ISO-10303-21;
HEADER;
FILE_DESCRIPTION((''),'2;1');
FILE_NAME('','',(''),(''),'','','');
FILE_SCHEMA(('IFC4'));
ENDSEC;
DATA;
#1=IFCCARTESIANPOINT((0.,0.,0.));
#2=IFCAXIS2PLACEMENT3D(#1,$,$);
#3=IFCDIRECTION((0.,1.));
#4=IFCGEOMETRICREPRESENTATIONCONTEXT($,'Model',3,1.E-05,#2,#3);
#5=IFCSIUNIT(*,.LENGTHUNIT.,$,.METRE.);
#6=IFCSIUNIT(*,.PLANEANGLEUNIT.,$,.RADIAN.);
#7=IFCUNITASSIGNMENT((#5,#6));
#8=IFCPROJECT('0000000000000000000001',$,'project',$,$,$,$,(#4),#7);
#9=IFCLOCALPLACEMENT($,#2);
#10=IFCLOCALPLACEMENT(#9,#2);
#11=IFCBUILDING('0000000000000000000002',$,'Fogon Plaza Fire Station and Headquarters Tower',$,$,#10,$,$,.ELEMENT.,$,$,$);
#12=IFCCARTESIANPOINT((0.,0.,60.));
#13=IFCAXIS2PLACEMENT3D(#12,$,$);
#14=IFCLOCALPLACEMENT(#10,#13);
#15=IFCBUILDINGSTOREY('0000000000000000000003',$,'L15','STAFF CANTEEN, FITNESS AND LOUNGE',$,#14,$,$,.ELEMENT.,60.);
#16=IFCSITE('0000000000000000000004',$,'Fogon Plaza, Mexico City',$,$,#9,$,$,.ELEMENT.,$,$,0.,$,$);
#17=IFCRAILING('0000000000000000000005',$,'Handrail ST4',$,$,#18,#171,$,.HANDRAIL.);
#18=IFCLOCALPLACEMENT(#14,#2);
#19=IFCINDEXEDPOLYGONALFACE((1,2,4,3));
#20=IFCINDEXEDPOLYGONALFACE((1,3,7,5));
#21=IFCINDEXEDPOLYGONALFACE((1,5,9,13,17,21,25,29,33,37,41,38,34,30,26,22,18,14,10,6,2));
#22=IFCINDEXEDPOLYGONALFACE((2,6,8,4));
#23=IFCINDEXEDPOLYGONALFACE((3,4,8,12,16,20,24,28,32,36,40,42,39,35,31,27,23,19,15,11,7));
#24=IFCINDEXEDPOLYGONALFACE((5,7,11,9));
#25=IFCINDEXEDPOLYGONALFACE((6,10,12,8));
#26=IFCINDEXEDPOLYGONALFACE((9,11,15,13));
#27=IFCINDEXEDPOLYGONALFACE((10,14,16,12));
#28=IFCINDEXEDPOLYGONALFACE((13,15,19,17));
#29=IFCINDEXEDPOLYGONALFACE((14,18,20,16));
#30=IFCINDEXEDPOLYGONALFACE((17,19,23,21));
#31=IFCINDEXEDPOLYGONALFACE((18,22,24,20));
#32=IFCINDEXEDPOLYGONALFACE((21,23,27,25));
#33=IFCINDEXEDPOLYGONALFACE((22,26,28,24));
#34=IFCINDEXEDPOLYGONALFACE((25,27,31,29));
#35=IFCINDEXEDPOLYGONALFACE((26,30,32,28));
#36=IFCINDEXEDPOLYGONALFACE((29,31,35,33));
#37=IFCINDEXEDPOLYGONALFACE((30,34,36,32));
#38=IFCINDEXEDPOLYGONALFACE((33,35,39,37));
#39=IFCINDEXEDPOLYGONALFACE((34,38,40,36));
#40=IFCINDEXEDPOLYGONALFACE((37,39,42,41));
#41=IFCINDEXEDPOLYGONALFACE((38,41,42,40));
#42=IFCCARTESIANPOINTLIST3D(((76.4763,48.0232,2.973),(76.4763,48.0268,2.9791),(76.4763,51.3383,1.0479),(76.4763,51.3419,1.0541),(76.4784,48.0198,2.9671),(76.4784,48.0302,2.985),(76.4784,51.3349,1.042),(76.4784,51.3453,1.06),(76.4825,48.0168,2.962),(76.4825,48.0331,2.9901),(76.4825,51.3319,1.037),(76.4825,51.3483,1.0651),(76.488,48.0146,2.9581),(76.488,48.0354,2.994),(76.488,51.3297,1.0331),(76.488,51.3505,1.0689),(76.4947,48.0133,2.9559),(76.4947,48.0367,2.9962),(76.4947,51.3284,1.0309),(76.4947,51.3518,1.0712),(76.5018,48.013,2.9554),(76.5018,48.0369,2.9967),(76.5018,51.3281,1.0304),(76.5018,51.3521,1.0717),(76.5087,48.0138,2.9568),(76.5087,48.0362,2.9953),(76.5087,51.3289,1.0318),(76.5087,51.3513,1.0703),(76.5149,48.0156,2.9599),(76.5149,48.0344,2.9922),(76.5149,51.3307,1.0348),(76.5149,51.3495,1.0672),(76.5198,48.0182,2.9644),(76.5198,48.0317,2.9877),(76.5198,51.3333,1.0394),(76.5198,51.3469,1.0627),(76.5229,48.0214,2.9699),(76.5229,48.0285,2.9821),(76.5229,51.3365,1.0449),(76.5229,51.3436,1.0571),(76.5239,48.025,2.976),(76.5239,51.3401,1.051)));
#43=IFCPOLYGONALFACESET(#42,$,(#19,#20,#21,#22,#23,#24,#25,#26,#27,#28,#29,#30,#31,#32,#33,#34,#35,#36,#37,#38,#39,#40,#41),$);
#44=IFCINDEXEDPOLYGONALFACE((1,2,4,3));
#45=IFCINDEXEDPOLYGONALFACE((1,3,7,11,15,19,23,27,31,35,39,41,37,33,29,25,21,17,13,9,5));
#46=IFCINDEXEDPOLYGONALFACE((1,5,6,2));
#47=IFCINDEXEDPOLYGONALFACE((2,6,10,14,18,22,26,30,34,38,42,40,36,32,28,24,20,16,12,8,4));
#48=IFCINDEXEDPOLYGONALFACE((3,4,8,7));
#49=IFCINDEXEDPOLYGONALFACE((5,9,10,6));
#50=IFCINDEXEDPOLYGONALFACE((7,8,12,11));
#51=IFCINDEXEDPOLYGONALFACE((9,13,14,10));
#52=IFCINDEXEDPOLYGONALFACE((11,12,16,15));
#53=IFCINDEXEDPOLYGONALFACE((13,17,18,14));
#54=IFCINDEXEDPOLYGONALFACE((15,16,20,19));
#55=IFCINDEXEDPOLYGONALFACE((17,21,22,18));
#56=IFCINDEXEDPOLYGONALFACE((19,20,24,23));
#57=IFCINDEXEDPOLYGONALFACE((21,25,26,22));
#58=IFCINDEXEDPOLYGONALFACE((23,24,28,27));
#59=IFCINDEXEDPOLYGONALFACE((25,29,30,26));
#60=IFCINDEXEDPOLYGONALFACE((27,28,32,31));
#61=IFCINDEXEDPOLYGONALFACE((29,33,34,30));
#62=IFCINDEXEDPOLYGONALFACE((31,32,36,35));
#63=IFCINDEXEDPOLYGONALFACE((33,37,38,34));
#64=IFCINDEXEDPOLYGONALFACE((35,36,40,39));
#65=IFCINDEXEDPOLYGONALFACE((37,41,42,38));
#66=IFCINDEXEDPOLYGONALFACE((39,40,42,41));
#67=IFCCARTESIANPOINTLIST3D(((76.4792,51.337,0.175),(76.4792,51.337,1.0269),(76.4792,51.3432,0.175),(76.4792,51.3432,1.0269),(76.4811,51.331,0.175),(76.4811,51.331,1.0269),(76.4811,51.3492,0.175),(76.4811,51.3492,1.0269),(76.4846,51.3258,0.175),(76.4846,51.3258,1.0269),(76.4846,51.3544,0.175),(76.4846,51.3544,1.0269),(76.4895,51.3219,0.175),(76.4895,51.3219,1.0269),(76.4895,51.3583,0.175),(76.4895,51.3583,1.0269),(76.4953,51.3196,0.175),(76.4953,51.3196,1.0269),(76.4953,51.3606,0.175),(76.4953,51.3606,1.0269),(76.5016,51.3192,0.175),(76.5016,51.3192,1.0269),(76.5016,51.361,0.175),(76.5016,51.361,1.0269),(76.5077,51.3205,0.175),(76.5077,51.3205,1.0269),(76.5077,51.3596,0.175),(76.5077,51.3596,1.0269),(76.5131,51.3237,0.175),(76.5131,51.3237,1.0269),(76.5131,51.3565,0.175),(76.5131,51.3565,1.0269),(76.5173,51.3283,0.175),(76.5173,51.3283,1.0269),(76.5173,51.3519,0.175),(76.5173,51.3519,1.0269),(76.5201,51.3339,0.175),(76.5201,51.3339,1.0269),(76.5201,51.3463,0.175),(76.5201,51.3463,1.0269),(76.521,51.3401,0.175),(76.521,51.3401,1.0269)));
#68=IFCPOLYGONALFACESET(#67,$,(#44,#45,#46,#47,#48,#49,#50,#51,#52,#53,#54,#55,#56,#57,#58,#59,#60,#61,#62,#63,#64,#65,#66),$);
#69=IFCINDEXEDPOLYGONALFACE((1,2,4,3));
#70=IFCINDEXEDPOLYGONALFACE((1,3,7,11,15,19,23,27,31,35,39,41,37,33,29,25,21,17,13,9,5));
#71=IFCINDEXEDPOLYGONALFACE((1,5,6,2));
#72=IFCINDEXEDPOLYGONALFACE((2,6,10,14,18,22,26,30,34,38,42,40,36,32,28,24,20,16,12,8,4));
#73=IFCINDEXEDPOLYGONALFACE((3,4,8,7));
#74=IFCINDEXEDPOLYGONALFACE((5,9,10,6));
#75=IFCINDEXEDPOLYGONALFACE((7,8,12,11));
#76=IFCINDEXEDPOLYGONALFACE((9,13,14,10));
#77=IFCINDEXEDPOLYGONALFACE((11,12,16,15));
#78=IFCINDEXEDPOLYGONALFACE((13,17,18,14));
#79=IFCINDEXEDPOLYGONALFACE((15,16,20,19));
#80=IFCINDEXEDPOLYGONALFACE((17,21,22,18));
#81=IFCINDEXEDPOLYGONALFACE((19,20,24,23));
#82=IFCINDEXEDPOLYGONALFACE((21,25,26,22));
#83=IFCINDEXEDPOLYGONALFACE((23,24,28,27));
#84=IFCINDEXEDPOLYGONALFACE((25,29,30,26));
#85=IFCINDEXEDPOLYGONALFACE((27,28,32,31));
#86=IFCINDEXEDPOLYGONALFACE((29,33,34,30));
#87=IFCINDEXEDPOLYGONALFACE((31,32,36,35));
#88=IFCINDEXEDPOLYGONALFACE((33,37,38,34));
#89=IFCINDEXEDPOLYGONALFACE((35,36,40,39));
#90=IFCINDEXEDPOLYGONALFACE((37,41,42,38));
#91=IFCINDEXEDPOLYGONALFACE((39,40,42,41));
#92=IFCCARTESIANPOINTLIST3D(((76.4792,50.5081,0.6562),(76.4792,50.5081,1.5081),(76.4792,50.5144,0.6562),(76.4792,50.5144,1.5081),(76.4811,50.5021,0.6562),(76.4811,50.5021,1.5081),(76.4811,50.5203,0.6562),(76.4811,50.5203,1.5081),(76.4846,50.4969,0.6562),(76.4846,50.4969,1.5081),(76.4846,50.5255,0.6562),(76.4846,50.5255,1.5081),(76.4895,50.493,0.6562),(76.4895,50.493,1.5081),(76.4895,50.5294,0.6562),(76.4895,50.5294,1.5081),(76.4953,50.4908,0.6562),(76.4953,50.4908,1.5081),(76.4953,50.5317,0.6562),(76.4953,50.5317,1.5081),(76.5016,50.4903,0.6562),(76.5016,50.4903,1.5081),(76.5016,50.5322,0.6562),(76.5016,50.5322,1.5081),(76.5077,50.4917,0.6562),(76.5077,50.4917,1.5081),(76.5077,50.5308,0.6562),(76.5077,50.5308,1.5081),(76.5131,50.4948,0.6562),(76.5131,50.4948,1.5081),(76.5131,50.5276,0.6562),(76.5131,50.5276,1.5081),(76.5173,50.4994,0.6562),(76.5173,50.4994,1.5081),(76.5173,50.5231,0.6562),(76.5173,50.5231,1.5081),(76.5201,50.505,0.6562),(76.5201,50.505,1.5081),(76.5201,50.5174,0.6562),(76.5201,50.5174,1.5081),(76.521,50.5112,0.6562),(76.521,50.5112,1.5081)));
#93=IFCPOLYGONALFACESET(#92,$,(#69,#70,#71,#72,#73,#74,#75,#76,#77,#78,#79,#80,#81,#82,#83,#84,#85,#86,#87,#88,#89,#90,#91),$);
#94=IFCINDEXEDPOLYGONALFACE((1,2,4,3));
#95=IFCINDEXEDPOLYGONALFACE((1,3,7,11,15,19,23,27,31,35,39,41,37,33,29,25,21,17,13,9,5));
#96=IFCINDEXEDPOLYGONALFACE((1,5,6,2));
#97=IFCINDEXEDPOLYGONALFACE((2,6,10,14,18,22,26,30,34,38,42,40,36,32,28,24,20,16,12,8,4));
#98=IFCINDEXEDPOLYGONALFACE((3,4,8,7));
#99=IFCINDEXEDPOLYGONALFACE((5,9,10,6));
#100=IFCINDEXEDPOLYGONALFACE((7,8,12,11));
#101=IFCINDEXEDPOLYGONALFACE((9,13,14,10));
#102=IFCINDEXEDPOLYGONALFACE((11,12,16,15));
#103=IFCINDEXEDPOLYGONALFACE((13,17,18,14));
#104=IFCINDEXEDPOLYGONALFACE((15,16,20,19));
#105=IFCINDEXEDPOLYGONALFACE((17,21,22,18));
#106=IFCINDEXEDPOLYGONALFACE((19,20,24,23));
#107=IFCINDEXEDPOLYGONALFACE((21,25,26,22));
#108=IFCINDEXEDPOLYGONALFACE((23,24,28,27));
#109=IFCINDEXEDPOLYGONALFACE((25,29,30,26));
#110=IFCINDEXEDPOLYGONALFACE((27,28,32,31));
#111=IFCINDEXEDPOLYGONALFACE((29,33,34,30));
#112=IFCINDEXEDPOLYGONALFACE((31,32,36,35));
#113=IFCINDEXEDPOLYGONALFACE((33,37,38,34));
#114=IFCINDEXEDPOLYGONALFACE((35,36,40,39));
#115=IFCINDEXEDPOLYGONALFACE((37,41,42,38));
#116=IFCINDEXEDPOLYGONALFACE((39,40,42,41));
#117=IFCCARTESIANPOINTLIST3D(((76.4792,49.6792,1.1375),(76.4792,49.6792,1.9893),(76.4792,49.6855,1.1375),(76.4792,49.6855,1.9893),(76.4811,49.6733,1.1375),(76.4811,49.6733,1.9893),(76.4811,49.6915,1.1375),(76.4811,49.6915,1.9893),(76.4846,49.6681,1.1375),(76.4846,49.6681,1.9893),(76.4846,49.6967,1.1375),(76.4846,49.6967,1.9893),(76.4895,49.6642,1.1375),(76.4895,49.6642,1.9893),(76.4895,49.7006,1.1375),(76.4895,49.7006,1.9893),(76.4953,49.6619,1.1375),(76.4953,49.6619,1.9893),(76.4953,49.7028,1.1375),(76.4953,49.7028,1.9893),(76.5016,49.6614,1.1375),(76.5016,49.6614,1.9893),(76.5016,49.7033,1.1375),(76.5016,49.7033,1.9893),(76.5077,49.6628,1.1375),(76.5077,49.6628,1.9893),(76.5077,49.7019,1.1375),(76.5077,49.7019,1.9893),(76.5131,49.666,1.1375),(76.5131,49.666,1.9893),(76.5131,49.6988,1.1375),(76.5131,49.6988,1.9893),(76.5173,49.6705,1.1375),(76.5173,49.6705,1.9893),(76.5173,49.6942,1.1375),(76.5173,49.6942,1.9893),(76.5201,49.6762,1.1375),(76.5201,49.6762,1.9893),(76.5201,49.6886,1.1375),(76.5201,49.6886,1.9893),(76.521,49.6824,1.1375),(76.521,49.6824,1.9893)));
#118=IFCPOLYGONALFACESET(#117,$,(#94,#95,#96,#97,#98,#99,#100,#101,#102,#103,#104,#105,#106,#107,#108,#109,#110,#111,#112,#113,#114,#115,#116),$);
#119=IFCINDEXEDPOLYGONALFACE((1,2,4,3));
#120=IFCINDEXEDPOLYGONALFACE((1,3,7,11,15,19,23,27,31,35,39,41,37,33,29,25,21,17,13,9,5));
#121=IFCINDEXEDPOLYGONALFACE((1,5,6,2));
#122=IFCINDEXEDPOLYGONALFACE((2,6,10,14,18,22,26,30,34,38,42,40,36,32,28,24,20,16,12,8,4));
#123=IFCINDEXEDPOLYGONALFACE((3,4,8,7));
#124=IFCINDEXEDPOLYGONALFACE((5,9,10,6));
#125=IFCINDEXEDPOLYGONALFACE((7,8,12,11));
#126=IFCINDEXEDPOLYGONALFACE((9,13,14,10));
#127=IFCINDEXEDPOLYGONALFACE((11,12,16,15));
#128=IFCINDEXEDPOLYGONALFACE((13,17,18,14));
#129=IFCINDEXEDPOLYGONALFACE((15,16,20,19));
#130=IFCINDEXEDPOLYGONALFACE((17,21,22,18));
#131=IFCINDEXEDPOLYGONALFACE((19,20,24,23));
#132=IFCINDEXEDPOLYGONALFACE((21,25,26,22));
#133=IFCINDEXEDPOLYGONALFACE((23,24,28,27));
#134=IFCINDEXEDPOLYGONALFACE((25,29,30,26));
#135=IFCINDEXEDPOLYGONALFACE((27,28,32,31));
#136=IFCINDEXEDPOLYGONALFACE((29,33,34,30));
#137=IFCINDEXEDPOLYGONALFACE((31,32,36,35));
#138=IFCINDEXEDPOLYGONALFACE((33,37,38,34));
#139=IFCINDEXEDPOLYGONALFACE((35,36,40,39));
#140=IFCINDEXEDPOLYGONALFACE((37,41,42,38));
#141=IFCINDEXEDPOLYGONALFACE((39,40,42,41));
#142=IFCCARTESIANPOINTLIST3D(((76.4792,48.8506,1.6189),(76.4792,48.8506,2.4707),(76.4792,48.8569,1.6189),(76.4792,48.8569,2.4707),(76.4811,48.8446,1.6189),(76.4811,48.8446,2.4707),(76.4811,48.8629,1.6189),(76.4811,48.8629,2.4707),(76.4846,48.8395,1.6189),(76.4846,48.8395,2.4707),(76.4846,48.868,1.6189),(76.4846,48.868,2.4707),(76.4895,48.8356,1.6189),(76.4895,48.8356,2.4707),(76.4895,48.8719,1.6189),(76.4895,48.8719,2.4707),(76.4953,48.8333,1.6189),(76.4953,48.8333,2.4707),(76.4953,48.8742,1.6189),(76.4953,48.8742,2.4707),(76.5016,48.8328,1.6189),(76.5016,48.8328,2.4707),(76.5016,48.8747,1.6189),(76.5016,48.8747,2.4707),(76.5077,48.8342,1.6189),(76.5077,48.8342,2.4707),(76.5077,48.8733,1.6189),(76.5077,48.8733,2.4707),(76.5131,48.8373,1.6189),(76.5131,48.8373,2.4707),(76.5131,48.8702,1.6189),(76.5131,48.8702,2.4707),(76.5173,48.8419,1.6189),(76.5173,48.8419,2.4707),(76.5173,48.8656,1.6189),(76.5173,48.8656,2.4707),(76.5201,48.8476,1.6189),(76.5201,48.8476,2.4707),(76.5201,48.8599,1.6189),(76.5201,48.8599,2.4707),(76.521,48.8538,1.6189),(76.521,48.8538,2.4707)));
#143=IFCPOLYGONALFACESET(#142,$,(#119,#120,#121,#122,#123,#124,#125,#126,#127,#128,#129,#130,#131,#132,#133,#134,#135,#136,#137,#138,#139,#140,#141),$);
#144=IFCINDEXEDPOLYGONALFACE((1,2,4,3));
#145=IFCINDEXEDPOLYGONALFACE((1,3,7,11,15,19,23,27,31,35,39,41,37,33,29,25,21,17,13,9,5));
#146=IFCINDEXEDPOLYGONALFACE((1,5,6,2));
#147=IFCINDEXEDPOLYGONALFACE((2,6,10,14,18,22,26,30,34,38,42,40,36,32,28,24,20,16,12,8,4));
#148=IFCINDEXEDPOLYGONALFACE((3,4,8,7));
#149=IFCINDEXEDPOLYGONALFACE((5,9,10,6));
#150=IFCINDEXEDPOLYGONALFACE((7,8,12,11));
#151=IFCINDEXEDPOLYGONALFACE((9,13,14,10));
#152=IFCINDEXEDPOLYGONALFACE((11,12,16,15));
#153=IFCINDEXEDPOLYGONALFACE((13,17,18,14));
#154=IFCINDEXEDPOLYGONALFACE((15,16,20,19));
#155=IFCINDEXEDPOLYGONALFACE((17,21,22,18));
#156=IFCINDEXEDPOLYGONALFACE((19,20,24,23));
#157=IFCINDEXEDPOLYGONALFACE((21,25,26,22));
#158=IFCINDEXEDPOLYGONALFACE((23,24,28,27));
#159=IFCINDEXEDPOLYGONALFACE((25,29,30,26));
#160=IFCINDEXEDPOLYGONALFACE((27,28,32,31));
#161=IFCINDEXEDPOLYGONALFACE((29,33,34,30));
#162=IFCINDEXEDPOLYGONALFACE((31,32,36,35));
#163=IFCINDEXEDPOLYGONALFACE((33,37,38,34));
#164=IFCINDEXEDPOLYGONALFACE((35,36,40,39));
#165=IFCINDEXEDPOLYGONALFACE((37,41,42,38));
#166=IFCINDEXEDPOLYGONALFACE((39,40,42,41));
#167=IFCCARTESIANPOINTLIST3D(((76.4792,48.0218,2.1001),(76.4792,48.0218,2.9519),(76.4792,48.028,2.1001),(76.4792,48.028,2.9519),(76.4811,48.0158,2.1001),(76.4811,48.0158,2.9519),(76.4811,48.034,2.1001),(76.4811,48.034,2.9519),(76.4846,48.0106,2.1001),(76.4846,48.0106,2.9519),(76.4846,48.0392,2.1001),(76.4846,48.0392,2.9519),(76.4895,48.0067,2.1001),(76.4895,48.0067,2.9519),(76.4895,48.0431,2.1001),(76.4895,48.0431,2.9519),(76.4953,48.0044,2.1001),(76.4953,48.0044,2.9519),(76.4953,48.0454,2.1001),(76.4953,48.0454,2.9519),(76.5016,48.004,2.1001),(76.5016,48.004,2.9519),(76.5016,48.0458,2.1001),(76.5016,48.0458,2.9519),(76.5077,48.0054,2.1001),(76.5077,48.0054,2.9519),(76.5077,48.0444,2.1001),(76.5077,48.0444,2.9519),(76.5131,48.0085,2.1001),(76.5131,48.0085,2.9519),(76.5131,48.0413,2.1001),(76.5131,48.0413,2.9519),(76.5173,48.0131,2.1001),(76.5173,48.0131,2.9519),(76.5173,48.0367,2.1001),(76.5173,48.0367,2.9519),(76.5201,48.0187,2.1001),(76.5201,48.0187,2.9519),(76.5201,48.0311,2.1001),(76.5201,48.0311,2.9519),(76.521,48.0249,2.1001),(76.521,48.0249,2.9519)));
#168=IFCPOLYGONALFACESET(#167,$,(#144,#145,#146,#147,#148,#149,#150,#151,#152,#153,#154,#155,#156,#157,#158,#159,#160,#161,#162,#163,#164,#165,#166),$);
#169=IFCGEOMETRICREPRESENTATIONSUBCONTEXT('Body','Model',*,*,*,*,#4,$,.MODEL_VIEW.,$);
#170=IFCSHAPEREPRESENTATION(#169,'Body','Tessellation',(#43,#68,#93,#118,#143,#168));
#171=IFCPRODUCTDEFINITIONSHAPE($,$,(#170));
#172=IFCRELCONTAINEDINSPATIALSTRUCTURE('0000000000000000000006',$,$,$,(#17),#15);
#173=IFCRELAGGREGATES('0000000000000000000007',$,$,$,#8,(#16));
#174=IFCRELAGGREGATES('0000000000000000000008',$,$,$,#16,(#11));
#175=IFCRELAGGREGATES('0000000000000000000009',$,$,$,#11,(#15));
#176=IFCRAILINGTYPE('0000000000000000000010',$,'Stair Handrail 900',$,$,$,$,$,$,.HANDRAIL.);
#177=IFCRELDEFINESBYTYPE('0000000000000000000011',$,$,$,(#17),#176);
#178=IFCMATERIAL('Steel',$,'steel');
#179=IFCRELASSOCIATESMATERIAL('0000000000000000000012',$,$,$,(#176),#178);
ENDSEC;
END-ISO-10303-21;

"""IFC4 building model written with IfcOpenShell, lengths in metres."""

from ifc_helpers import new_model, si_unit, direction, frame, origin, origin_2d, place, context, subcontext, project, spatial, circle, extrude, material, type_object, element, save


model = new_model("IFC4")

# Units and contexts
model_context = context("Model", 3, precision=1e-05, world=origin(), true_north=direction((0.0, 1.0)))
body_context = subcontext(model_context, "Body", "Model", "MODEL_VIEW")
ifc_project = project(units=[si_unit("LENGTHUNIT", "METRE"), si_unit("PLANEANGLEUNIT", "RADIAN")], contexts=[model_context])

# Site, building, storey
site_placement = place(None, origin())
site = spatial("IfcSite", under=ifc_project, at=site_placement, Name="Fogon Plaza, Mexico City", CompositionType="ELEMENT", RefElevation=0.0)
building_placement = place(site_placement, origin())
building = spatial("IfcBuilding", under=site, at=building_placement, Name="Fogon Plaza Fire Station and Headquarters Tower", CompositionType="ELEMENT")
storey_placement = place(building_placement, frame((0.0, 0.0, 60.0)))
storey = spatial("IfcBuildingStorey", under=building, at=storey_placement, Name="L15", Description="STAFF CANTEEN, FITNESS AND LOUNGE", CompositionType="ELEMENT", Elevation=60.0)

# Railing
ifc_material_1 = material(Name="Steel", Category="steel")
railing_type = type_object("IfcRailingType", Name="Stair Handrail 900", PredefinedType="HANDRAIL", material=ifc_material_1)
for number, where, name in (
    (1, (76.5, 51.3401, 0.175), "Handrail ST4"),
):
    element("IfcRailing", number, at=place(storey_placement, frame(where)), inside=storey, type_object=railing_type, Name=name, PredefinedType="HANDRAIL", context=body_context, shape_type="SweptSolid", body=[
        extrude(circle(Radius=0.0239, at=origin_2d()), frame((0.0, 0.0, 0.876), z_axis=(0.0, -0.864777, 0.502155), x_axis=(1.0, 0.0, 0.0)), (0.0, 0.0, 1.0), 3.8335),
        extrude(circle(Radius=0.021, at=origin_2d()), origin(), (0.0, 0.0, 1.0), 0.8518),
        extrude(circle(Radius=0.021, at=origin_2d()), frame((0.0, -0.8289, 0.4812)), (0.0, 0.0, 1.0), 0.8518),
        extrude(circle(Radius=0.021, at=origin_2d()), frame((0.0, -1.6577, 0.9624)), (0.0, 0.0, 1.0), 0.8518),
        extrude(circle(Radius=0.021, at=origin_2d()), frame((0.0, -2.4863, 1.4438)), (0.0, 0.0, 1.0), 0.8518),
        extrude(circle(Radius=0.021, at=origin_2d()), frame((0.0, -3.3152, 1.925)), (0.0, 0.0, 1.0), 0.8518),
    ])

save(model, "model.ifc")
